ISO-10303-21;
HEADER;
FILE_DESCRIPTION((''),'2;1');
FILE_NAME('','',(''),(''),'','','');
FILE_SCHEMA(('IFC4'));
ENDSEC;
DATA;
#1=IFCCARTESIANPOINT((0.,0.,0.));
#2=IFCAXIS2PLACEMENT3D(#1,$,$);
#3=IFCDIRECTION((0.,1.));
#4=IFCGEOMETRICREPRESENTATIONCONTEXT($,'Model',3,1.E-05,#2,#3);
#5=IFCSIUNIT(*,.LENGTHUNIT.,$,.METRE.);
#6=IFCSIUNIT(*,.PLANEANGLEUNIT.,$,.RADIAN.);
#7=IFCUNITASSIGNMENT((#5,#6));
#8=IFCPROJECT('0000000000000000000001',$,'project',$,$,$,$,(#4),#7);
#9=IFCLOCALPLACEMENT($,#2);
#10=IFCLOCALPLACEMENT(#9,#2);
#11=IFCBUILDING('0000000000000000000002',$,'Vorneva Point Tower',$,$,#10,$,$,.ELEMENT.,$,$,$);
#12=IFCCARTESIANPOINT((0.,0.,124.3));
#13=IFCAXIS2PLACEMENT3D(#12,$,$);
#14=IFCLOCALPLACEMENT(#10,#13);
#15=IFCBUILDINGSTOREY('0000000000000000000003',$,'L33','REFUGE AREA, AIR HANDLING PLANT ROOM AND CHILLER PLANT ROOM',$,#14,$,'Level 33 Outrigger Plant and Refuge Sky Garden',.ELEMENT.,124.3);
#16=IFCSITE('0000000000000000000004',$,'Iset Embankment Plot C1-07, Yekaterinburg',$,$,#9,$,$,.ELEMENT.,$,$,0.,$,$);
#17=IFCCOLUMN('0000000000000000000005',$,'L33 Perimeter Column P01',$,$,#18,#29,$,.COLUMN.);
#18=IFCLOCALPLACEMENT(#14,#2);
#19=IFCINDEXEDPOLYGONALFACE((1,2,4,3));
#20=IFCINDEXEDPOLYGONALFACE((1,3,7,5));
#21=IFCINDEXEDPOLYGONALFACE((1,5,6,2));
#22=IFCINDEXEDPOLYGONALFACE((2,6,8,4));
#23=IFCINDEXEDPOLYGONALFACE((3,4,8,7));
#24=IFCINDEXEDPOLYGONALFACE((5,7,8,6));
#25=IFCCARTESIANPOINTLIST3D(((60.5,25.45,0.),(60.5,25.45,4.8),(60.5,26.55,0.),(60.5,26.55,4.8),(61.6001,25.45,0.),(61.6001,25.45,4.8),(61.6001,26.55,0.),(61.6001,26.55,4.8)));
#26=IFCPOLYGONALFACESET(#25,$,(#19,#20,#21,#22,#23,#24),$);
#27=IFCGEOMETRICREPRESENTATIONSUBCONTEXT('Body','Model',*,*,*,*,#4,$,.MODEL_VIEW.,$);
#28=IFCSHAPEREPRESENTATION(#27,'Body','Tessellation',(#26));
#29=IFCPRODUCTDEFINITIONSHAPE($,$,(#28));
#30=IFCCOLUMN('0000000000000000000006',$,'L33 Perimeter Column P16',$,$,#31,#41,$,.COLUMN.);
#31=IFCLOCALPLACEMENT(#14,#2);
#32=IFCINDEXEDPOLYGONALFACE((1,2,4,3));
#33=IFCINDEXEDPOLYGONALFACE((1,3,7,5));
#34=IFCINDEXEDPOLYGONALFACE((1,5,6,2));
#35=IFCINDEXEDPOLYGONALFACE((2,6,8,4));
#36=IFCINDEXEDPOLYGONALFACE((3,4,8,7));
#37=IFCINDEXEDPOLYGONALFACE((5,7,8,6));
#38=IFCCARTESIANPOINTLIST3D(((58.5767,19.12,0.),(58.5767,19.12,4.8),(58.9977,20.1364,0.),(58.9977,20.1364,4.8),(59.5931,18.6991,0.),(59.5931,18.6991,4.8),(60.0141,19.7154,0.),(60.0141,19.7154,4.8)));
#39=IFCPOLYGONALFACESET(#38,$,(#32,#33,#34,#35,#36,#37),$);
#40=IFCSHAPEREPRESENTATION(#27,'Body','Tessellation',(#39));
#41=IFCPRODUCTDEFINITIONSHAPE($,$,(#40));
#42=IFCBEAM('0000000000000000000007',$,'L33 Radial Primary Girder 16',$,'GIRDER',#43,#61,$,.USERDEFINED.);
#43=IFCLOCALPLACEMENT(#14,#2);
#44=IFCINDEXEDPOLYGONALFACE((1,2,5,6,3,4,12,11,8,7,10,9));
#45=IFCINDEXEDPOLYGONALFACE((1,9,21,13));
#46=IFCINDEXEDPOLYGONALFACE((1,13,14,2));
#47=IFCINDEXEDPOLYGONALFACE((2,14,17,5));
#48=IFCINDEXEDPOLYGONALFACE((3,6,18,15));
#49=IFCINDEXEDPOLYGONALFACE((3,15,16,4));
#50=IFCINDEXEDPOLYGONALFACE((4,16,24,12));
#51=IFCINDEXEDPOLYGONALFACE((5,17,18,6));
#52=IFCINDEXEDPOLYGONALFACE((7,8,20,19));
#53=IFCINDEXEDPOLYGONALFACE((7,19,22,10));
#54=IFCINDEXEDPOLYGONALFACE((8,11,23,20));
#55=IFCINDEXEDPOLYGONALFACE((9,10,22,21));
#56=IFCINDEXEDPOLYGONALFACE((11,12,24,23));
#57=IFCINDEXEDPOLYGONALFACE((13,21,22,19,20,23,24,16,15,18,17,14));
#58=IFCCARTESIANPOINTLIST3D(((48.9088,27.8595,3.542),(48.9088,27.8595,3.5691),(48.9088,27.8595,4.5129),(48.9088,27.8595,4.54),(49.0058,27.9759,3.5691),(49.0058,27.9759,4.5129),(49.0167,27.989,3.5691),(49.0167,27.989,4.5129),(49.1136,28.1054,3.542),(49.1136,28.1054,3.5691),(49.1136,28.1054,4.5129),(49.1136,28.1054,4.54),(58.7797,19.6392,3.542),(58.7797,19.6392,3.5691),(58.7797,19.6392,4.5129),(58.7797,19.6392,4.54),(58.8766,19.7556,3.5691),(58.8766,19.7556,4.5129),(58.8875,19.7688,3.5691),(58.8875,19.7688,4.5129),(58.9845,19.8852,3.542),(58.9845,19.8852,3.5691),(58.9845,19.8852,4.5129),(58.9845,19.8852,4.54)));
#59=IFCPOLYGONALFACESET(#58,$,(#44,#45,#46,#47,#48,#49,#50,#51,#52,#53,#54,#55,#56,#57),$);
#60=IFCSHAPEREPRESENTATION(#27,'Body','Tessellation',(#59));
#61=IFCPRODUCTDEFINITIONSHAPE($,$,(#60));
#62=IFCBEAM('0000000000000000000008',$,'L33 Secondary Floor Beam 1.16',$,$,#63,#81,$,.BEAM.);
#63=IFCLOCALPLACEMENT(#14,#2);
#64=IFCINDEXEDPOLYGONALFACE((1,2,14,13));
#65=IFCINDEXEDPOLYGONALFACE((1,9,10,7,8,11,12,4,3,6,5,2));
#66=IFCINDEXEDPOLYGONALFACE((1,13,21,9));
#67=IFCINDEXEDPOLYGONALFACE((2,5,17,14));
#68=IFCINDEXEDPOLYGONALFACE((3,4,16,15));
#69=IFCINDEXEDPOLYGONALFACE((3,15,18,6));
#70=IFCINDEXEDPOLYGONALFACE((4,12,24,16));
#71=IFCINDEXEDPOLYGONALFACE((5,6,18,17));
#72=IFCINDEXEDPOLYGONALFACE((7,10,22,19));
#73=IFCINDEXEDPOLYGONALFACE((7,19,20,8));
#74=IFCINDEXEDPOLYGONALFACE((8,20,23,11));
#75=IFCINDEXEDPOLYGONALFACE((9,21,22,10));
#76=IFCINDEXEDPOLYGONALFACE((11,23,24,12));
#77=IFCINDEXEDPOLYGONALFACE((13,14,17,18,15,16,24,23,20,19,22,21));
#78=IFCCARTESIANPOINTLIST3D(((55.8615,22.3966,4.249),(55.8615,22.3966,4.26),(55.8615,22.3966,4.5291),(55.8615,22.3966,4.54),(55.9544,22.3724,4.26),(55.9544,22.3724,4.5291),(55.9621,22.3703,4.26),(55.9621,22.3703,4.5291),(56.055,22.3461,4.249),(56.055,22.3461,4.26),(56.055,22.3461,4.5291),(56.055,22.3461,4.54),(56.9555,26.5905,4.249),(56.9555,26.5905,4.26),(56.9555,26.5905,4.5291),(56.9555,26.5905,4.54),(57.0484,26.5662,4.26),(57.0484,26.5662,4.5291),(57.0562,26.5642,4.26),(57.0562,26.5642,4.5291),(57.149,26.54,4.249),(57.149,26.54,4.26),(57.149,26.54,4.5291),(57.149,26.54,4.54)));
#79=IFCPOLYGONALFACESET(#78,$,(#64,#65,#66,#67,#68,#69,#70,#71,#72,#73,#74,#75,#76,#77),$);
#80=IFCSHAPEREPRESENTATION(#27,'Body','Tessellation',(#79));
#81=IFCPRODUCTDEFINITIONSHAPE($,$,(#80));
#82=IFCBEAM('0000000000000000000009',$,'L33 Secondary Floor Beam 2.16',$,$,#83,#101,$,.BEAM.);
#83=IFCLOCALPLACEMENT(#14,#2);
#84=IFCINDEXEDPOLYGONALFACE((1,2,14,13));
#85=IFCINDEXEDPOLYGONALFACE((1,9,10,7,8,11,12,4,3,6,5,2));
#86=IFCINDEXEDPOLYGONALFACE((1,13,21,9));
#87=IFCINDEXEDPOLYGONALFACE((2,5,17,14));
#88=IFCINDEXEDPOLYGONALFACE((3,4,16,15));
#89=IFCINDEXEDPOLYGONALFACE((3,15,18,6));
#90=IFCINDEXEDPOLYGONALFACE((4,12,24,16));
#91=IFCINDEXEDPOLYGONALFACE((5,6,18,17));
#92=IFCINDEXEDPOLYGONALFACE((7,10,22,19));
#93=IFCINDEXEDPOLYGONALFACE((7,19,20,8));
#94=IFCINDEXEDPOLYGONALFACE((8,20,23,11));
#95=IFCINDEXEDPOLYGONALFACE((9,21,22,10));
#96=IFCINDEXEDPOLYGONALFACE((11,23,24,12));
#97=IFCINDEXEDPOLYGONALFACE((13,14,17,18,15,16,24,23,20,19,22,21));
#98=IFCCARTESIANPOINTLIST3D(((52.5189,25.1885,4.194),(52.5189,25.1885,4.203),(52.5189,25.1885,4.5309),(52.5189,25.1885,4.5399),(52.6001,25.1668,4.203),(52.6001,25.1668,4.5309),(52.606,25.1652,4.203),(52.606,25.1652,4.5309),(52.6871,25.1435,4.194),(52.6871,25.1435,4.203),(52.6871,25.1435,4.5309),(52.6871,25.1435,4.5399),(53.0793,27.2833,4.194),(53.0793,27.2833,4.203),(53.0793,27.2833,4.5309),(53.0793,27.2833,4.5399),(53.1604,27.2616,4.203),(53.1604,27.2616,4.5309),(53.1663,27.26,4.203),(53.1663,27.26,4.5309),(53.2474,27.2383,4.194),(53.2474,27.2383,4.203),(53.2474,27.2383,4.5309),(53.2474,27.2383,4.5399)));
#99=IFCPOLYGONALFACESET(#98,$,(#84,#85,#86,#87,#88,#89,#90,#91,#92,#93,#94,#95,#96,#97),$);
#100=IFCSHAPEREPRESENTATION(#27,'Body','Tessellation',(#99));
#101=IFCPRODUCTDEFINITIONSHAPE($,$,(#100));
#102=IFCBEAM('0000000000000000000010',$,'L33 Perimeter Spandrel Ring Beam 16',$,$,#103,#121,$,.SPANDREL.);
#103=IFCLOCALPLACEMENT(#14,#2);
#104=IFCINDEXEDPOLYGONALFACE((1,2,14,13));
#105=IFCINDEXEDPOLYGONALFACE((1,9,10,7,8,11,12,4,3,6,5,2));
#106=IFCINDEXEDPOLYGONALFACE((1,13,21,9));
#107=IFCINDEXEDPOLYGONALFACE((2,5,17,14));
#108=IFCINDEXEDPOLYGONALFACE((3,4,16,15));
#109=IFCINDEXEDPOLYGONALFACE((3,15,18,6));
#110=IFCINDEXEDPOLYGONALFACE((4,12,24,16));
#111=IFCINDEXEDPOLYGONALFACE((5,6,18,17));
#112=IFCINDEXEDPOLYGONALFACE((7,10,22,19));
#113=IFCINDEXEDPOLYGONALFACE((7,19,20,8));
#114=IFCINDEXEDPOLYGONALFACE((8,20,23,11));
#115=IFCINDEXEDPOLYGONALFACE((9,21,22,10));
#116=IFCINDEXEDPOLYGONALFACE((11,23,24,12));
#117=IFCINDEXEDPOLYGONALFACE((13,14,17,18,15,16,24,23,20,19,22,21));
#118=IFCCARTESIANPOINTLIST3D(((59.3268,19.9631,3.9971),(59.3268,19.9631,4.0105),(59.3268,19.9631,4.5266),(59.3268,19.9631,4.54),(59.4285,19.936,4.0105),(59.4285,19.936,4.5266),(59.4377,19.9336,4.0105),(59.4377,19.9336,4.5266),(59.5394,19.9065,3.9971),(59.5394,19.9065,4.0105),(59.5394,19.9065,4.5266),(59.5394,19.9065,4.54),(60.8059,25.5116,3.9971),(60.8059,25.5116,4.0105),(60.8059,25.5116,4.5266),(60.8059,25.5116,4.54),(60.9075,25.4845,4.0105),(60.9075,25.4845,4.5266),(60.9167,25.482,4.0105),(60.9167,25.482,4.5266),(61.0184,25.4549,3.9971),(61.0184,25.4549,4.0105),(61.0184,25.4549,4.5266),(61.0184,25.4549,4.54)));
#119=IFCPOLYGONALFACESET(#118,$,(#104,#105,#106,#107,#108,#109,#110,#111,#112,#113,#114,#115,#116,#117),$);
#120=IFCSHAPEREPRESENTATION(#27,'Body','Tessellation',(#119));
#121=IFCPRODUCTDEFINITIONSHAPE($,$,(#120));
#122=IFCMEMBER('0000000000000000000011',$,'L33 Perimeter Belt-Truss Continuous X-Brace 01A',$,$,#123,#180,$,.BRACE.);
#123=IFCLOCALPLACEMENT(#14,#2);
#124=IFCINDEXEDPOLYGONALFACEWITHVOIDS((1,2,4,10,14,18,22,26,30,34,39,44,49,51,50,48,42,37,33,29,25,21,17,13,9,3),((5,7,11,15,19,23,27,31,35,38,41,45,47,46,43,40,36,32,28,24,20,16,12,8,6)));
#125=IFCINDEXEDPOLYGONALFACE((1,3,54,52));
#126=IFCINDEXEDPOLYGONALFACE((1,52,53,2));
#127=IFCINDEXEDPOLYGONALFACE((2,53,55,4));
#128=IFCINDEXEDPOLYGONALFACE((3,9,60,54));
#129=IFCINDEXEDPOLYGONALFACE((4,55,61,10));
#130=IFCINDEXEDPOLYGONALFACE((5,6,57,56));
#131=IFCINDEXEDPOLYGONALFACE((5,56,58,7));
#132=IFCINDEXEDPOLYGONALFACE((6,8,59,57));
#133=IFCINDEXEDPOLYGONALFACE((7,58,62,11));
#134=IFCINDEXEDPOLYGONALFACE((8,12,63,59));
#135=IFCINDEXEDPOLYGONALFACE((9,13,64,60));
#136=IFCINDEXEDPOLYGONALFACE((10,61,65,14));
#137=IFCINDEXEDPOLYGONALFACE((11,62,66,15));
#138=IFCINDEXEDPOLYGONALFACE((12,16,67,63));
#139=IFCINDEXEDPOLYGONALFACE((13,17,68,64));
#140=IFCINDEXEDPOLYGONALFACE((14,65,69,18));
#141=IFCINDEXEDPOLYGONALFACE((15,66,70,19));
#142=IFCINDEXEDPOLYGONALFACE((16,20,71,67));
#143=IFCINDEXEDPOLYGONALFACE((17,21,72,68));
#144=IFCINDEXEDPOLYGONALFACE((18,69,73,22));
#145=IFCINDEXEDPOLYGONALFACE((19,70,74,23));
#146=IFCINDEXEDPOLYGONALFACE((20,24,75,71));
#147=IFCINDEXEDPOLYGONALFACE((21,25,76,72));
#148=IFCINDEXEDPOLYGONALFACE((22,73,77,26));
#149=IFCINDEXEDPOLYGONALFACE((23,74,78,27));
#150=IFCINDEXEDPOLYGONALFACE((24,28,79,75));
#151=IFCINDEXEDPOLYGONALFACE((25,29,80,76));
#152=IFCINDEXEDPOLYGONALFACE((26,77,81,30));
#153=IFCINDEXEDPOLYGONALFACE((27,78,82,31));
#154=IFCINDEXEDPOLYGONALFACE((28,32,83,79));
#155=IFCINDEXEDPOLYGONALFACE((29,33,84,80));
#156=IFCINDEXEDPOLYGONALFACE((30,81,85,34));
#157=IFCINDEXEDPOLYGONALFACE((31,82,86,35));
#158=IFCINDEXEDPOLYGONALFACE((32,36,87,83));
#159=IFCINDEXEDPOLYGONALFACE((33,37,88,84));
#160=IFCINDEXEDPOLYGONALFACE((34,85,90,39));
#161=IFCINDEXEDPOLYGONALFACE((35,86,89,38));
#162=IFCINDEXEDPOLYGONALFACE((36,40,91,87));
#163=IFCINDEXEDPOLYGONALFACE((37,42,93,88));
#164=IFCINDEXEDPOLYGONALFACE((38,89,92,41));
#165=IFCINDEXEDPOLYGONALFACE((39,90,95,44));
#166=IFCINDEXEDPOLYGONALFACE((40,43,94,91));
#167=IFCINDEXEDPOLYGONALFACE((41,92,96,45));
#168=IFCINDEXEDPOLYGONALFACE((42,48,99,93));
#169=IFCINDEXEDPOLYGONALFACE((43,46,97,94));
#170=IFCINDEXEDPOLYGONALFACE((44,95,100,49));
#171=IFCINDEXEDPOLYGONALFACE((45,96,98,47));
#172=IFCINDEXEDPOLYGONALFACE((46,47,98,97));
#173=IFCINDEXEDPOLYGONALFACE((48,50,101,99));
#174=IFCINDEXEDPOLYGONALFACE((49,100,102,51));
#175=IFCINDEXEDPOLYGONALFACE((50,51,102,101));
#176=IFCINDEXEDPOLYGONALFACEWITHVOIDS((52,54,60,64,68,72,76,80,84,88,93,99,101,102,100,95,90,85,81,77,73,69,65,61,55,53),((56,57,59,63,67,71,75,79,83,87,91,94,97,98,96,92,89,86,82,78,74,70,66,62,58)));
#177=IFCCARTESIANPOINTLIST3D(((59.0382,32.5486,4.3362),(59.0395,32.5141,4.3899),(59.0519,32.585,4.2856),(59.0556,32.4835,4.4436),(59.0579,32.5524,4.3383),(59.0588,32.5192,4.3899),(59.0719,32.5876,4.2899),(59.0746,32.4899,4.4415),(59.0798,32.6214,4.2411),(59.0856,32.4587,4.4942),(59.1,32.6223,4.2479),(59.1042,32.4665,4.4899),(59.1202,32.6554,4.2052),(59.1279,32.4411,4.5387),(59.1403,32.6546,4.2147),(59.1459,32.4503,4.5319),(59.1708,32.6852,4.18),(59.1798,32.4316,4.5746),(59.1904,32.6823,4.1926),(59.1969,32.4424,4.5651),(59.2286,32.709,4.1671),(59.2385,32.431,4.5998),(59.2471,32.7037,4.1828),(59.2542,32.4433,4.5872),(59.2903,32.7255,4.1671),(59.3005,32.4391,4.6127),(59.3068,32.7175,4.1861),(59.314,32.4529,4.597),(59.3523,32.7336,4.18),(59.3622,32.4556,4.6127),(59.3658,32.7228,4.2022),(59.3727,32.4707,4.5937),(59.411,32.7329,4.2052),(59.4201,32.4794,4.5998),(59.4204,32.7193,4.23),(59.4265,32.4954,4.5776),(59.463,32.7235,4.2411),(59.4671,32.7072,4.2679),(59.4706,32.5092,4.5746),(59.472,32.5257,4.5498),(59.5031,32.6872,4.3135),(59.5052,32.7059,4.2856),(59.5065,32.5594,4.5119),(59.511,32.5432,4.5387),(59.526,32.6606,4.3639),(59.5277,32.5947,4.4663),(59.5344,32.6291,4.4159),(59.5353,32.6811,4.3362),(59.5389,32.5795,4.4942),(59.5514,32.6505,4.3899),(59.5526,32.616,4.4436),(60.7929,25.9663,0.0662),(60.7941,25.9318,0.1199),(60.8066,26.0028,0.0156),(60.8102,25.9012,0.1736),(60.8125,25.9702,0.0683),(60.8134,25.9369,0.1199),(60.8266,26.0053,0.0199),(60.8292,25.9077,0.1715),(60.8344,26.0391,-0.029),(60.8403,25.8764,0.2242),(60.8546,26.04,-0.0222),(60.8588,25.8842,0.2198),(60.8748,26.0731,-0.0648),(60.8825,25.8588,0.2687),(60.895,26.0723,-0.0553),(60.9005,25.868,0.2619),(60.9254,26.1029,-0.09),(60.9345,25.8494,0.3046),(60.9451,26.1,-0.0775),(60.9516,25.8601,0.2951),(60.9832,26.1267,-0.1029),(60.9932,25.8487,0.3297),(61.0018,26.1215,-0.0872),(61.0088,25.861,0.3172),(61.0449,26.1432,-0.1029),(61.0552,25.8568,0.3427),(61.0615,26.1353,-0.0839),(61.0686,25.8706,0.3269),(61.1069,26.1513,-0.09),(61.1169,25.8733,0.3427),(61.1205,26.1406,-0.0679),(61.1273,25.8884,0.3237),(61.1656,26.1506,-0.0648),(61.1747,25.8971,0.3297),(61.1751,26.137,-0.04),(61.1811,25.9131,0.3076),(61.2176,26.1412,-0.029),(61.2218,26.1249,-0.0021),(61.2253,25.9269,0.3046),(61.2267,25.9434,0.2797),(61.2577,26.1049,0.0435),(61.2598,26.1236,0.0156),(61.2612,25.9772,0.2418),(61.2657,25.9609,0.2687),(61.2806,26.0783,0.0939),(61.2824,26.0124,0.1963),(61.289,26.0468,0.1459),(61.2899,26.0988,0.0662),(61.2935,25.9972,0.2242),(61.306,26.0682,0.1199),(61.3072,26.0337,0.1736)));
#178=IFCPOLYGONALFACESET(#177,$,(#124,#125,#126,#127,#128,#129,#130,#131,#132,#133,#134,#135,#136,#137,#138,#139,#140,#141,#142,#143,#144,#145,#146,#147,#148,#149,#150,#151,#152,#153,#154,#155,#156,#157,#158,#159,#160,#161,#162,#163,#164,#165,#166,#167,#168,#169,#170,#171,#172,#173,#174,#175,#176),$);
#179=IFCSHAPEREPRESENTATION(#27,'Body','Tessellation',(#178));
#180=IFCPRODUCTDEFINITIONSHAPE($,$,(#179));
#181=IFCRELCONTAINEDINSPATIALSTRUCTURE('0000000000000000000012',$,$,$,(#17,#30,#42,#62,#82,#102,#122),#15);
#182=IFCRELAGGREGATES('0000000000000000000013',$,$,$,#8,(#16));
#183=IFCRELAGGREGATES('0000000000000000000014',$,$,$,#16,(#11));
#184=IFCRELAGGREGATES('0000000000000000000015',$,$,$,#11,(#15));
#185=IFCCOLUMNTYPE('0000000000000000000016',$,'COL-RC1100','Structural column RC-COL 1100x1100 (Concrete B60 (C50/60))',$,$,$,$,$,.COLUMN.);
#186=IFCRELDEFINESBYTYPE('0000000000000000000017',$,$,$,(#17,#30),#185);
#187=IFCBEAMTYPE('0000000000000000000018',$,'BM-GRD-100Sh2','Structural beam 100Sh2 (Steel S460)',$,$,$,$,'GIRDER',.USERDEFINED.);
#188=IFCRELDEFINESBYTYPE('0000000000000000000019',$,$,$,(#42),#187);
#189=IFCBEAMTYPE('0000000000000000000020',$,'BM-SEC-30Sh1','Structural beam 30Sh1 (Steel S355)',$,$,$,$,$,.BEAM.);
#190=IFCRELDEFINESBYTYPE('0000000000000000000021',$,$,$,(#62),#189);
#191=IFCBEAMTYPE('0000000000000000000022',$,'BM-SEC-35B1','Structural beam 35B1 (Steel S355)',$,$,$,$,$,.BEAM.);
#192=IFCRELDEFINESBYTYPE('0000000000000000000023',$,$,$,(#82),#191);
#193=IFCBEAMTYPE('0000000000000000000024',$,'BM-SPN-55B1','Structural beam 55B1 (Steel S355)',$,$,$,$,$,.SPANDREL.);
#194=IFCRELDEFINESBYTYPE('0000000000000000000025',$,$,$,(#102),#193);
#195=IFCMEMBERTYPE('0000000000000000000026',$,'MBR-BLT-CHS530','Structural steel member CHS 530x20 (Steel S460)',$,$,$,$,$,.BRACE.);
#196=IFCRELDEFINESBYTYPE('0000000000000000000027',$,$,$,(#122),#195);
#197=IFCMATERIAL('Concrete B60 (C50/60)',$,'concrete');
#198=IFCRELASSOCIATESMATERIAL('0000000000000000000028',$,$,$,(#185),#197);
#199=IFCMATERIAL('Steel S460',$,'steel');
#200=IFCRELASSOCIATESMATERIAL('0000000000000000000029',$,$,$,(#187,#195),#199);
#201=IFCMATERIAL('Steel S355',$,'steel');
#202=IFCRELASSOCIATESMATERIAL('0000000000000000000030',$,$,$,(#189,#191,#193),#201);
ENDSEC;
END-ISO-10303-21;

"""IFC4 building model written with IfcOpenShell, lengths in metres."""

from ifc_helpers import new_model, si_unit, direction, frame, origin, origin_2d, place, context, subcontext, project, spatial, rectangle, hollow_circle, i_section, extrude, material, material_profile, profile_set, type_object, element, save


model = new_model("IFC4")

# Units and contexts
model_context = context("Model", 3, precision=1e-05, world=origin(), true_north=direction((0.0, 1.0)))
body_context = subcontext(model_context, "Body", "Model", "MODEL_VIEW")
ifc_project = project(units=[si_unit("LENGTHUNIT", "METRE"), si_unit("PLANEANGLEUNIT", "RADIAN")], contexts=[model_context])

# Site, building, storey
site_placement = place(None, origin())
site = spatial("IfcSite", under=ifc_project, at=site_placement, Name="Iset Embankment Plot C1-07, Yekaterinburg", CompositionType="ELEMENT", RefElevation=0.0)
building_placement = place(site_placement, origin())
building = spatial("IfcBuilding", under=site, at=building_placement, Name="Vorneva Point Tower", CompositionType="ELEMENT")
storey_placement = place(building_placement, frame((0.0, 0.0, 124.3)))
storey = spatial("IfcBuildingStorey", under=building, at=storey_placement, Name="L33", Description="REFUGE AREA, AIR HANDLING PLANT ROOM AND CHILLER PLANT ROOM", LongName="Level 33 Outrigger Plant and Refuge Sky Garden", CompositionType="ELEMENT", Elevation=124.3)

# Columns
ifc_material_1 = material(Name="Concrete B60 (C50/60)", Category="concrete")
ifc_material_profile_1 = material_profile(ifc_material_1, rectangle(XDim=1.1001, YDim=1.1001, at=origin_2d()), Name="RC-COL 1100x1100")
ifc_profile_set_1 = profile_set([ifc_material_profile_1], Name="Concrete B60 (C50/60)")
column_type = type_object("IfcColumnType", Name="COL-RC1100", Description="Structural column RC-COL 1100x1100 (Concrete B60 (C50/60))", PredefinedType="COLUMN", material=ifc_profile_set_1)
for number, where, z_axis, x_axis, name in (
    (1, (61.05, 26.0, 0.0), (0.0, 0.0, 1.0), (1.0, 0.0, 0.0), "L33 Perimeter Column P01"),
    (2, (59.2954, 19.4177, 0.0), (0.0, 0.0, 1.0), (0.92388, -0.382683, 0.0), "L33 Perimeter Column P16"),
):
    element("IfcColumn", number, at=place(storey_placement, frame(where, z_axis=z_axis, x_axis=x_axis)), inside=storey, type_object=column_type, Name=name, PredefinedType="COLUMN", context=body_context, shape_type="SweptSolid", body=[
        extrude(rectangle(XDim=1.1001, YDim=1.1001, at=origin_2d()), origin(), (0.0, 0.0, 1.0), 4.8),
    ])

# Beams
ifc_material_2 = material(Name="Steel S460", Category="steel")
ifc_material_profile_2 = material_profile(ifc_material_2, i_section(OverallWidth=0.3201, OverallDepth=0.998, WebThickness=0.0171, FlangeThickness=0.0271, at=origin_2d()), Name="100Sh2")
ifc_profile_set_2 = profile_set([ifc_material_profile_2], Name="Steel S460")
beam_type_1 = type_object("IfcBeamType", Name="BM-GRD-100Sh2", Description="Structural beam 100Sh2 (Steel S460)", ElementType="GIRDER", PredefinedType="USERDEFINED", material=ifc_profile_set_2)
beam_1_placement = place(storey_placement, frame((58.8821, 19.7622, 4.041), z_axis=(-0.768432, 0.639932, 0.0), x_axis=(-0.639932, -0.768432, 0.0)))
element("IfcBeam", 3, at=beam_1_placement, inside=storey, type_object=beam_type_1, Name="L33 Radial Primary Girder 16", ObjectType="GIRDER", PredefinedType="USERDEFINED", context=body_context, shape_type="SweptSolid", body=[
    extrude(i_section(OverallWidth=0.3201, OverallDepth=0.998, WebThickness=0.0171, FlangeThickness=0.0271, at=origin_2d()), origin(), (0.0, 0.0, 1.0), 12.8455),
])
ifc_material_3 = material(Name="Steel S355", Category="steel")
ifc_material_profile_3 = material_profile(ifc_material_3, i_section(OverallWidth=0.2, OverallDepth=0.291, WebThickness=0.0081, FlangeThickness=0.011, at=origin_2d()), Name="30Sh1")
ifc_profile_set_3 = profile_set([ifc_material_profile_3], Name="Steel S355")
beam_type_2 = type_object("IfcBeamType", Name="BM-SEC-30Sh1", Description="Structural beam 30Sh1 (Steel S355)", PredefinedType="BEAM", material=ifc_profile_set_3)
beam_2_placement = place(storey_placement, frame((55.9583, 22.3713, 4.3945), z_axis=(0.25241, 0.96762, 0.0), x_axis=(-0.96762, 0.25241, 0.0)))
element("IfcBeam", 4, at=beam_2_placement, inside=storey, type_object=beam_type_2, Name="L33 Secondary Floor Beam 1.16", PredefinedType="BEAM", context=body_context, shape_type="SweptSolid", body=[
    extrude(i_section(OverallWidth=0.2, OverallDepth=0.291, WebThickness=0.0081, FlangeThickness=0.011, at=origin_2d()), origin(), (0.0, 0.0, 1.0), 4.3342),
])
ifc_material_profile_4 = material_profile(ifc_material_3, i_section(OverallWidth=0.1741, OverallDepth=0.3459, WebThickness=0.0061, FlangeThickness=0.009, at=origin_2d()), Name="35B1")
ifc_profile_set_4 = profile_set([ifc_material_profile_4], Name="Steel S355")
beam_type_3 = type_object("IfcBeamType", Name="BM-SEC-35B1", Description="Structural beam 35B1 (Steel S355)", PredefinedType="BEAM", material=ifc_profile_set_4)
beam_3_placement = place(storey_placement, frame((52.603, 25.166, 4.3669), z_axis=(0.258398, 0.966038, 0.0), x_axis=(-0.966038, 0.258398, 0.0)))
element("IfcBeam", 5, at=beam_3_placement, inside=storey, type_object=beam_type_3, Name="L33 Secondary Floor Beam 2.16", PredefinedType="BEAM", context=body_context, shape_type="SweptSolid", body=[
    extrude(i_section(OverallWidth=0.1741, OverallDepth=0.3459, WebThickness=0.0061, FlangeThickness=0.009, at=origin_2d()), origin(), (0.0, 0.0, 1.0), 2.1685),
])
ifc_material_profile_5 = material_profile(ifc_material_3, i_section(OverallWidth=0.22, OverallDepth=0.543, WebThickness=0.0095, FlangeThickness=0.0134, at=origin_2d()), Name="55B1")
ifc_profile_set_5 = profile_set([ifc_material_profile_5], Name="Steel S355")
beam_type_4 = type_object("IfcBeamType", Name="BM-SPN-55B1", Description="Structural beam 55B1 (Steel S355)", PredefinedType="SPANDREL", material=ifc_profile_set_5)
beam_4_placement = place(storey_placement, frame((59.4331, 19.9348, 4.2686), z_axis=(0.257573, 0.966259, 0.0), x_axis=(-0.966259, 0.257573, 0.0)))
element("IfcBeam", 6, at=beam_4_placement, inside=storey, type_object=beam_type_4, Name="L33 Perimeter Spandrel Ring Beam 16", PredefinedType="SPANDREL", context=body_context, shape_type="SweptSolid", body=[
    extrude(i_section(OverallWidth=0.22, OverallDepth=0.543, WebThickness=0.0095, FlangeThickness=0.0134, at=origin_2d()), origin(), (0.0, 0.0, 1.0), 5.7422),
])

# Member
ifc_material_profile_6 = material_profile(ifc_material_2, hollow_circle(Radius=0.2649, WallThickness=0.02, at=origin_2d()), Name="CHS 530x20")
ifc_profile_set_6 = profile_set([ifc_material_profile_6], Name="Steel S460")
member_type = type_object("IfcMemberType", Name="MBR-BLT-CHS530", Description="Structural steel member CHS 530x20 (Steel S460)", PredefinedType="BRACE", material=ifc_profile_set_6)
member_1_placement = place(storey_placement, frame((61.05, 26.0, 0.1199), z_axis=(-0.218244, 0.818713, 0.531111), x_axis=(-0.966258, -0.257576, 0.0)))
element("IfcMember", 7, at=member_1_placement, inside=storey, type_object=member_type, Name="L33 Perimeter Belt-Truss Continuous X-Brace 01A", PredefinedType="BRACE", context=body_context, shape_type="SweptSolid", body=[
    extrude(hollow_circle(Radius=0.2649, WallThickness=0.02, at=origin_2d()), origin(), (0.0, 0.0, 1.0), 8.0398),
])

save(model, "model.ifc")
